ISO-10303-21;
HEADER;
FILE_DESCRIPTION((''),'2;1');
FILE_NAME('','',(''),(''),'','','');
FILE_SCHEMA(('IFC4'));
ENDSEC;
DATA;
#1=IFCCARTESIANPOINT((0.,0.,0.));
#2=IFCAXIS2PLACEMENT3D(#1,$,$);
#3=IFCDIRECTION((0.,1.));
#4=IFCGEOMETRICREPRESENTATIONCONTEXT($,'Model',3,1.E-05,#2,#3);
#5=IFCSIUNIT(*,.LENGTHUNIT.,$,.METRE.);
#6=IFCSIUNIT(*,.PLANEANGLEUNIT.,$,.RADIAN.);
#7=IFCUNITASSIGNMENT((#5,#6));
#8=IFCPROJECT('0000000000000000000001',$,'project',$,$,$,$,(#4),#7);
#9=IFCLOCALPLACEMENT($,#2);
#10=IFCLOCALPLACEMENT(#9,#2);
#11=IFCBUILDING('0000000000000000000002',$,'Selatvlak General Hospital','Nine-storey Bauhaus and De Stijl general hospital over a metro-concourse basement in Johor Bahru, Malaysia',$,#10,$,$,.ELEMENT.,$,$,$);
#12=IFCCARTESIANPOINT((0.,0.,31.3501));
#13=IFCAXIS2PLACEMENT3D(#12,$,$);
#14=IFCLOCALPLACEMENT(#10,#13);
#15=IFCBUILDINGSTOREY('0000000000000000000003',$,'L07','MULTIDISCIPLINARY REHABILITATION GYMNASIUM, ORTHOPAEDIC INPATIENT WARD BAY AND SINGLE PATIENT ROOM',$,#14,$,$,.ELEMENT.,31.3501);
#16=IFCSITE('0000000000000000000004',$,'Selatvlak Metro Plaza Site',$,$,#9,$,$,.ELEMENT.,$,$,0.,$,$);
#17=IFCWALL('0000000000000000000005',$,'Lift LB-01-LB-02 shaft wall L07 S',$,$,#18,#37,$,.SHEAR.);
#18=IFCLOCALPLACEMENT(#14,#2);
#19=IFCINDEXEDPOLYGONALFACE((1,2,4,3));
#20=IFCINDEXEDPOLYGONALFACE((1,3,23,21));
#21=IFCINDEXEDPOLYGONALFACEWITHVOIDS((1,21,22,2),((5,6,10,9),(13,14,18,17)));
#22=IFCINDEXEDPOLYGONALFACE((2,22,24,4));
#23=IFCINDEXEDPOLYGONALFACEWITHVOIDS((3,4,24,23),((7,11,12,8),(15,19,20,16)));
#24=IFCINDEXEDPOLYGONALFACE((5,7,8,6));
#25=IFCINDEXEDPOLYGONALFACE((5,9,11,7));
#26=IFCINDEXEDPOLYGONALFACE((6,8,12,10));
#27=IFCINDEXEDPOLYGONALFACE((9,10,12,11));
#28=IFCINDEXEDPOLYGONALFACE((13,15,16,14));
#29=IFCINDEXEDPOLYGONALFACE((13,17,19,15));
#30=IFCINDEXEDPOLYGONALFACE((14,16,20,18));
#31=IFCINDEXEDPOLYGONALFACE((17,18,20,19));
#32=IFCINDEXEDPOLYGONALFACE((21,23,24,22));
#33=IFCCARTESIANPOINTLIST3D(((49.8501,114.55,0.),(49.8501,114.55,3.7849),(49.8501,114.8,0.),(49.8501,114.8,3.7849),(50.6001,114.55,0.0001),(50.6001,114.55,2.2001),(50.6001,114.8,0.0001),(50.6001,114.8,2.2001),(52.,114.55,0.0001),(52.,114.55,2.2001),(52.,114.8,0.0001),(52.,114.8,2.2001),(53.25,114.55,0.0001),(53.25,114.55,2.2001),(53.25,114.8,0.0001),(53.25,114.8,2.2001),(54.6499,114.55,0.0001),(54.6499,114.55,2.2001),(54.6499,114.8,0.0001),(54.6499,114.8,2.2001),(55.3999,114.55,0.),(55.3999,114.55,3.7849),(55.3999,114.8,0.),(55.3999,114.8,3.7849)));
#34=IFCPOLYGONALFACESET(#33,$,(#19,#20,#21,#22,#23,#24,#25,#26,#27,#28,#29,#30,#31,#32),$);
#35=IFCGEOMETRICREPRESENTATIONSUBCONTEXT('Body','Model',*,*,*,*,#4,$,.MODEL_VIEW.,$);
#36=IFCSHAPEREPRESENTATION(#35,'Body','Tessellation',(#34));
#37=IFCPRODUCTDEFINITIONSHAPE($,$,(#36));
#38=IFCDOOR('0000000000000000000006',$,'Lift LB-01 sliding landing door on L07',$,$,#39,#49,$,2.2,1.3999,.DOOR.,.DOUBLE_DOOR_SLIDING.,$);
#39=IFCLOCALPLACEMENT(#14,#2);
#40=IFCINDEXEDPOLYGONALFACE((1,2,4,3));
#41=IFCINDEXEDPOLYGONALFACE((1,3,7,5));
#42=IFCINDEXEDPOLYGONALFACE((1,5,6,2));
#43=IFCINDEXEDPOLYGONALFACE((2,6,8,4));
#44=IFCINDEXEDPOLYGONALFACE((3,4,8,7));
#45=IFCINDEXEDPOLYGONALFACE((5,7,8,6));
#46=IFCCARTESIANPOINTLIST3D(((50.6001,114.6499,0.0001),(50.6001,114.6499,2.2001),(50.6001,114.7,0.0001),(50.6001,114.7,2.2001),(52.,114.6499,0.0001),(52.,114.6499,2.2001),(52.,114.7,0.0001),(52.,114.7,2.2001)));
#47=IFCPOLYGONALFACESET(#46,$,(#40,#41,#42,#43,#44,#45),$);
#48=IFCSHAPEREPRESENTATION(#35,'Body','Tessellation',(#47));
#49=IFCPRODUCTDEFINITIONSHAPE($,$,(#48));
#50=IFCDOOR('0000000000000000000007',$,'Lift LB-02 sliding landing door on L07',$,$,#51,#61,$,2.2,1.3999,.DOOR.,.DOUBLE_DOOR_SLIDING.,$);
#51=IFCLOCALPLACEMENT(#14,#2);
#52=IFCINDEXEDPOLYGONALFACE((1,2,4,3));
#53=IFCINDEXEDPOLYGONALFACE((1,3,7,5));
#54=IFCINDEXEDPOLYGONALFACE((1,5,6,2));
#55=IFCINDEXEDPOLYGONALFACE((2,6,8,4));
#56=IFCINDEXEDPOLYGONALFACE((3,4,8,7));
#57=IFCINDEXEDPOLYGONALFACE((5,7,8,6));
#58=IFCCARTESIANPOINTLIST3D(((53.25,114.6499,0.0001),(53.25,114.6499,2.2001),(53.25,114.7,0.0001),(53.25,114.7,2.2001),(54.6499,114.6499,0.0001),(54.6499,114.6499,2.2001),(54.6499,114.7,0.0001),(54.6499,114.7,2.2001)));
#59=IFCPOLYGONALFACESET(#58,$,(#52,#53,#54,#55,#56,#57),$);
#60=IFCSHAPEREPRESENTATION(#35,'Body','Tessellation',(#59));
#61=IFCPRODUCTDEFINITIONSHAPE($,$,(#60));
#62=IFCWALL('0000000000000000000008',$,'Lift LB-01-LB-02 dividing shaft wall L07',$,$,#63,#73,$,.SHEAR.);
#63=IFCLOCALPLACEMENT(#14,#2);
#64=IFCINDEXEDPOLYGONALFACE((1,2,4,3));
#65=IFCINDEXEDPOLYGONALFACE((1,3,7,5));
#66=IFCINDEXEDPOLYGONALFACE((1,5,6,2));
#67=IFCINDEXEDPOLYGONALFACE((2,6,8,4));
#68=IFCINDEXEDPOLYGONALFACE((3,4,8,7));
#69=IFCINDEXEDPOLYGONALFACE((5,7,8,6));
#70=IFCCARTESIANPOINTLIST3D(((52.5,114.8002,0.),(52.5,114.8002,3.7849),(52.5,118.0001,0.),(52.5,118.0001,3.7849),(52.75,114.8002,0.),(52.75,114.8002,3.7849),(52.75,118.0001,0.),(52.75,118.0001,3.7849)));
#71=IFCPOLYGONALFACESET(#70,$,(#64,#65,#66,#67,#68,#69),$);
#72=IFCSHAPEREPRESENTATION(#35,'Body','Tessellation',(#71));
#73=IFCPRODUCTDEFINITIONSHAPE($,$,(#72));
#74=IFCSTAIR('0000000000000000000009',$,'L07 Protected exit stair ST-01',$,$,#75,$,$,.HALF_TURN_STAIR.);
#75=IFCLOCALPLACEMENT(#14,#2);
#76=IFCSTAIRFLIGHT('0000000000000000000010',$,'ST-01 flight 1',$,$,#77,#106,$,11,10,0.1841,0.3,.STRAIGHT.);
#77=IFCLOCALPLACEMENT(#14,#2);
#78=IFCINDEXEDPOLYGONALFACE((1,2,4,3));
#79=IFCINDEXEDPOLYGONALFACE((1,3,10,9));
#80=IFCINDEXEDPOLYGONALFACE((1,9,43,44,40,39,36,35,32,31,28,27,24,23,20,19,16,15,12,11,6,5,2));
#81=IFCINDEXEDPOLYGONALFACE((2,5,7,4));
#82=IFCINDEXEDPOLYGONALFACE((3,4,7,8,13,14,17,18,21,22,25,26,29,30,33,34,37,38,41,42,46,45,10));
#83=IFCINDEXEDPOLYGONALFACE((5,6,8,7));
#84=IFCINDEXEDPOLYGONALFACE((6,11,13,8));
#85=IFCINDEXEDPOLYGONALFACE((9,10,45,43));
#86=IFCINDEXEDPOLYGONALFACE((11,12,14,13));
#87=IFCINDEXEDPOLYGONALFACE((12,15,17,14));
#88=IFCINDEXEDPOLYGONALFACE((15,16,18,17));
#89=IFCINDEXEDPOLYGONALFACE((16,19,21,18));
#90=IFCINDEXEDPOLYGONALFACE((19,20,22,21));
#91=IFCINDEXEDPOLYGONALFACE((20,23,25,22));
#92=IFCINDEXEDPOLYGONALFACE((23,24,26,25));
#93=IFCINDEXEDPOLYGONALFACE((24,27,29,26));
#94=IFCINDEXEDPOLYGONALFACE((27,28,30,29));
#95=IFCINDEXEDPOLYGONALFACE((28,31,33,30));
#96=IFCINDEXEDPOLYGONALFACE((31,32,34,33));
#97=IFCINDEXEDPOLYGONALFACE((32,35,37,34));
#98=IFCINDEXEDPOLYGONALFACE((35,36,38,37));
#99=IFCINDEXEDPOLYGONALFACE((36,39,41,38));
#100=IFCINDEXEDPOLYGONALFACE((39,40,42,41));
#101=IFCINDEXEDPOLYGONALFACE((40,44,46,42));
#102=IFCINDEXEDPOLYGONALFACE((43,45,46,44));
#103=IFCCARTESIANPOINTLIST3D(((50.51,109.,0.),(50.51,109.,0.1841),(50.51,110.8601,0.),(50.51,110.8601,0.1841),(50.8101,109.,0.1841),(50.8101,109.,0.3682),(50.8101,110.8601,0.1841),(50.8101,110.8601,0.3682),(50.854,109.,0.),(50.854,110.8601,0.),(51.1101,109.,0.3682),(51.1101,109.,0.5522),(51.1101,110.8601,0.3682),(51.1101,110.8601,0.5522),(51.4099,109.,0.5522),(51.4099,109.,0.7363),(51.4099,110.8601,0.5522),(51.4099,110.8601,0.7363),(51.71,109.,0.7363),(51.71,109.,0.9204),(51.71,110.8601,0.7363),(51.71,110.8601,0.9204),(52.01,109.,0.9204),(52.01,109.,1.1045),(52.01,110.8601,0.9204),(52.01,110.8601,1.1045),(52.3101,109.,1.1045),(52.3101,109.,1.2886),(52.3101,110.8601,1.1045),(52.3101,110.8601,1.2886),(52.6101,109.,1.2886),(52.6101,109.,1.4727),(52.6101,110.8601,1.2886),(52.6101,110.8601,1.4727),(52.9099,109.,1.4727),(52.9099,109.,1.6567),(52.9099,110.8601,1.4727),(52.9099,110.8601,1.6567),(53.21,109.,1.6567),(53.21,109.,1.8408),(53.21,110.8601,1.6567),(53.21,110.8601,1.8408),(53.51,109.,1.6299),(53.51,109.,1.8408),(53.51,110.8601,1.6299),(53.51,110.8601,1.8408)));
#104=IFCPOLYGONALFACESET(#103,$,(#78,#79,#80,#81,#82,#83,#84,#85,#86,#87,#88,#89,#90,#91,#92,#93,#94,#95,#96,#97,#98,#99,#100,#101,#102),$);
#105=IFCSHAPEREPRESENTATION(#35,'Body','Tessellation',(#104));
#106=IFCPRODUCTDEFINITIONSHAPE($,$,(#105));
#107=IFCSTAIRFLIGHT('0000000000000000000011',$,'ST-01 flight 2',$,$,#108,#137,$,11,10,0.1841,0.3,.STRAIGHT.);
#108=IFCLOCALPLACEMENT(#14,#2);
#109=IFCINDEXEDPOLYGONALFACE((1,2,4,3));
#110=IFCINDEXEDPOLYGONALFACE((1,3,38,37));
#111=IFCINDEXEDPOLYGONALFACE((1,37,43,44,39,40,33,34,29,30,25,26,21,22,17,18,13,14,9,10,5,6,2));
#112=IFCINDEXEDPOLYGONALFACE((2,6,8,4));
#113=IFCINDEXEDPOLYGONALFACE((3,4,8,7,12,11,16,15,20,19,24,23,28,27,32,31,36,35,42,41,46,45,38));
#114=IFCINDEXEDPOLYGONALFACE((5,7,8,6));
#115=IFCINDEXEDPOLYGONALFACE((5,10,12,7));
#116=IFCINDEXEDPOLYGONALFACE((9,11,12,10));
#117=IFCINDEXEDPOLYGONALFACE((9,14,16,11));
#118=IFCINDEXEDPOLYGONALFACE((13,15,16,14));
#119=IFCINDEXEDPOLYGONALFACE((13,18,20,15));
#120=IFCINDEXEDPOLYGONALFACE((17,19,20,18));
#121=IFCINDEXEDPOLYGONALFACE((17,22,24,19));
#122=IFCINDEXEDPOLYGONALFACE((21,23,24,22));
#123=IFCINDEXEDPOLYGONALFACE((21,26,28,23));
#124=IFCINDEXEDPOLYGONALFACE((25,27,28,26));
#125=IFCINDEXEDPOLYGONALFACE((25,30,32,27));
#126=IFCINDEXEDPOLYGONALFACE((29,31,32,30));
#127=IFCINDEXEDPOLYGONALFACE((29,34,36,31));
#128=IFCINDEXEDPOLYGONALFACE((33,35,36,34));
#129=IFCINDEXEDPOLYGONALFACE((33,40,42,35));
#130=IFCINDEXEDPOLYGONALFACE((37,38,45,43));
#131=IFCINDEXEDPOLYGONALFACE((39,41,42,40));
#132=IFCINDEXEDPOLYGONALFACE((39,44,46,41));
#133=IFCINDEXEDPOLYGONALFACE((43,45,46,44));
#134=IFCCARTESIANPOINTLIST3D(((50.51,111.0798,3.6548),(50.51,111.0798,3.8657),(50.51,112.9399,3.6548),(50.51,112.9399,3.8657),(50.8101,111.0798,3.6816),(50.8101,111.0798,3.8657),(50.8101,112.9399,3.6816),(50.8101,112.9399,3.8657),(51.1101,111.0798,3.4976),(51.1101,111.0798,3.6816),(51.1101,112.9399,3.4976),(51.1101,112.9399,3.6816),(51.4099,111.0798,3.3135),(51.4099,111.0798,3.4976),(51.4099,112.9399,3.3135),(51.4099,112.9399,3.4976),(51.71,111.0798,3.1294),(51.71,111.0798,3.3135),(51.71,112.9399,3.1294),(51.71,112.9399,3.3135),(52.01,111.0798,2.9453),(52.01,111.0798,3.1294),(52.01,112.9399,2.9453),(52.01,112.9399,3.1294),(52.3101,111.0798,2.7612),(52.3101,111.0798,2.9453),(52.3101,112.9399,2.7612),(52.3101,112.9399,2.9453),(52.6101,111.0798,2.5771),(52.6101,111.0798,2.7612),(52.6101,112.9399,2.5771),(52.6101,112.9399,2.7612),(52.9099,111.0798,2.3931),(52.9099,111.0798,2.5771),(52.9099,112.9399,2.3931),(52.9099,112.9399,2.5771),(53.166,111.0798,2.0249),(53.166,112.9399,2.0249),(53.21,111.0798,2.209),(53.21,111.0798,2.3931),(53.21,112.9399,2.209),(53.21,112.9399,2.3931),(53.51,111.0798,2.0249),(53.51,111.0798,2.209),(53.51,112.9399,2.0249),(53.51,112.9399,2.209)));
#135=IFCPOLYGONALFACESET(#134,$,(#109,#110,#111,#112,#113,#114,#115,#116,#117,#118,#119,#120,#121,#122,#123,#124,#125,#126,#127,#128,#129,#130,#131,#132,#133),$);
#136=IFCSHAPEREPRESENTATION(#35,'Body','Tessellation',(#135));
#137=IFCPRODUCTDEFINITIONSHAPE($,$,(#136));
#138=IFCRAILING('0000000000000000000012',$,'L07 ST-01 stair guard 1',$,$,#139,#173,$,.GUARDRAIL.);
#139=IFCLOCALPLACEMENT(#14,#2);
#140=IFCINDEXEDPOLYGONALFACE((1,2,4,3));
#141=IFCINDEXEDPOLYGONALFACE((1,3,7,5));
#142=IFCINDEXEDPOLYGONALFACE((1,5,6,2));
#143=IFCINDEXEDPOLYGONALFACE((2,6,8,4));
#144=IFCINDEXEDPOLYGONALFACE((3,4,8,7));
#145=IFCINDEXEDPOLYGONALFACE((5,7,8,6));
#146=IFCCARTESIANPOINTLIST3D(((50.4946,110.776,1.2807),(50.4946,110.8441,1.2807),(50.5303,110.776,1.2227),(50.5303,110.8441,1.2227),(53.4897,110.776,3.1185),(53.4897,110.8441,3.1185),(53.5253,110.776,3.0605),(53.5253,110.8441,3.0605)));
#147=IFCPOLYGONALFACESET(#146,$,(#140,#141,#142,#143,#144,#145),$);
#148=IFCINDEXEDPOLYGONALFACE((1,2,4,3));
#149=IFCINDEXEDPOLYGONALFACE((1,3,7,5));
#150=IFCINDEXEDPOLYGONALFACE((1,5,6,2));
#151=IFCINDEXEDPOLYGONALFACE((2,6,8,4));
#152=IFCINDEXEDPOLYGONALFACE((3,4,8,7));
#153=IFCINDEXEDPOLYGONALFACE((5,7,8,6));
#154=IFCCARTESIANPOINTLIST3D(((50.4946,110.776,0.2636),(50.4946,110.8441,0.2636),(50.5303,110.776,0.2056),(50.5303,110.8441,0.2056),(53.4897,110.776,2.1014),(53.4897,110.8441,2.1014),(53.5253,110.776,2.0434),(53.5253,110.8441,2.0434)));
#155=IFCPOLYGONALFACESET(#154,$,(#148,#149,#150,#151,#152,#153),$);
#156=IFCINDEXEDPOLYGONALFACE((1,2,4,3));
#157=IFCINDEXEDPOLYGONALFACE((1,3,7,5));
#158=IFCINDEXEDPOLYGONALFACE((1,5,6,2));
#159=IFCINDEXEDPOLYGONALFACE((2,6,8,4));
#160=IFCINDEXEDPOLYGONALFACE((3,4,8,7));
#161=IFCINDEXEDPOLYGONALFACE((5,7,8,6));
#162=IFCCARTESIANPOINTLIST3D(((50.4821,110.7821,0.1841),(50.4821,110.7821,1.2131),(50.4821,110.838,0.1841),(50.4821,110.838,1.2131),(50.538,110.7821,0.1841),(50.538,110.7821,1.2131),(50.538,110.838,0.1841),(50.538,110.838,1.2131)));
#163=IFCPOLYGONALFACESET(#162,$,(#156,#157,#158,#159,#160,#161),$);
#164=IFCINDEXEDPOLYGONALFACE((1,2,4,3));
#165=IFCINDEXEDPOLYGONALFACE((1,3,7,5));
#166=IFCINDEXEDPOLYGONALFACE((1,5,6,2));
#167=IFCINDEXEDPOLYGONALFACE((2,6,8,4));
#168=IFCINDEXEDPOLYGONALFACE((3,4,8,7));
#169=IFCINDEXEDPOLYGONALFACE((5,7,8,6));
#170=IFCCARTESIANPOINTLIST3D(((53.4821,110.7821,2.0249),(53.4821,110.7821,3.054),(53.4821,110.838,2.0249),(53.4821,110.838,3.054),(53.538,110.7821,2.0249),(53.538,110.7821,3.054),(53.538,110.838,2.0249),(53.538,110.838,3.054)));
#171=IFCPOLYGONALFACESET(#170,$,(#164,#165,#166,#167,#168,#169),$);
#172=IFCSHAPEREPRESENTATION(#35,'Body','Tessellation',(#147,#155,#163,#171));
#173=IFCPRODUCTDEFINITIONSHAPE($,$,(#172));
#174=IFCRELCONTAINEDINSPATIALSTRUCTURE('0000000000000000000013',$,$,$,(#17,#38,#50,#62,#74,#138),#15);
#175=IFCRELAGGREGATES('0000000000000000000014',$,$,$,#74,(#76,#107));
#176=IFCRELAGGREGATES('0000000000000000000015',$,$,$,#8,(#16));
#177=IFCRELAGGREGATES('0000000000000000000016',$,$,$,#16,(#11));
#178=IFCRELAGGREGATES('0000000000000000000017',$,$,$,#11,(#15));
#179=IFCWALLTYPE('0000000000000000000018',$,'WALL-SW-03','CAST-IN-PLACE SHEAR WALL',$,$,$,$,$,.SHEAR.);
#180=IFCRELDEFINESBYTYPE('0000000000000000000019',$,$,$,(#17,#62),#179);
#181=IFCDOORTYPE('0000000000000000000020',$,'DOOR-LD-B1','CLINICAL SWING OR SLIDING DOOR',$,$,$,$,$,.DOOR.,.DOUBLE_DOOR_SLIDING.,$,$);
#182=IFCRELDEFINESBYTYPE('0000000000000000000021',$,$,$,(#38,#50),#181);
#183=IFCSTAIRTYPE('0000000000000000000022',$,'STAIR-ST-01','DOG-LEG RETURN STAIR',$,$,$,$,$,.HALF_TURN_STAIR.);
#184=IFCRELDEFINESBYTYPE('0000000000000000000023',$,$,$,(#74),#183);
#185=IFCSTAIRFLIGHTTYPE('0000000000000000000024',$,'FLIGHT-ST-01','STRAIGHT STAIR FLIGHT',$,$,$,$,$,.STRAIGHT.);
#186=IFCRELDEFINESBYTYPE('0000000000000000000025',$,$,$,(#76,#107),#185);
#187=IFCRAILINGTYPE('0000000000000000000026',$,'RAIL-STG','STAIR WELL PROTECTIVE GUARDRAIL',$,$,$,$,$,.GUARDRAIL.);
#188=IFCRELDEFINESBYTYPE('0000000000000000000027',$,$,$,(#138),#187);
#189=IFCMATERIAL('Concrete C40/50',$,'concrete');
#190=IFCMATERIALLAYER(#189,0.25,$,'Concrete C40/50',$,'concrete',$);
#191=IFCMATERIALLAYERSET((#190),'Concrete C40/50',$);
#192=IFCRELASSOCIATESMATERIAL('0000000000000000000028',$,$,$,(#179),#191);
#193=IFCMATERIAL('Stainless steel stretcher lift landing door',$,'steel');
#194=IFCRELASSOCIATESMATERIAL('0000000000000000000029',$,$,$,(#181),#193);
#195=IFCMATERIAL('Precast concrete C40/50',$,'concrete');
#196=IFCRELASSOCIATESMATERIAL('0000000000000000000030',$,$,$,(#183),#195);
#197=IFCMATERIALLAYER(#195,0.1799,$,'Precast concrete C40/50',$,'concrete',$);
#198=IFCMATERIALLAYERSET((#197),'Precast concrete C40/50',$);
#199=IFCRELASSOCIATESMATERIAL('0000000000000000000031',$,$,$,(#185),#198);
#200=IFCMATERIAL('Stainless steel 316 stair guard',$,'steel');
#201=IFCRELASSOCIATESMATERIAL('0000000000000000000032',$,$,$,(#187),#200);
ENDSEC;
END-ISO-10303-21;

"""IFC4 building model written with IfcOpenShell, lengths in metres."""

from ifc_helpers import new_model, si_unit, direction, frame, frame_2d, origin, origin_2d, place, context, subcontext, project, spatial, polyline, rectangle, outline, extrude, material, layer, layer_set, type_object, element, fill, aggregate, save


model = new_model("IFC4")

# Units and contexts
model_context = context("Model", 3, precision=1e-05, world=origin(), true_north=direction((0.0, 1.0)))
body_context = subcontext(model_context, "Body", "Model", "MODEL_VIEW")
ifc_project = project(units=[si_unit("LENGTHUNIT", "METRE"), si_unit("PLANEANGLEUNIT", "RADIAN")], contexts=[model_context])

# Site, building, storey
site_placement = place(None, origin())
site = spatial("IfcSite", under=ifc_project, at=site_placement, Name="Selatvlak Metro Plaza Site", CompositionType="ELEMENT", RefElevation=0.0)
building_placement = place(site_placement, origin())
building = spatial("IfcBuilding", under=site, at=building_placement, Name="Selatvlak General Hospital", Description="Nine-storey Bauhaus and De Stijl general hospital over a metro-concourse basement in Johor Bahru, Malaysia", CompositionType="ELEMENT")
storey_placement = place(building_placement, frame((0.0, 0.0, 31.3501)))
storey = spatial("IfcBuildingStorey", under=building, at=storey_placement, Name="L07", Description="MULTIDISCIPLINARY REHABILITATION GYMNASIUM, ORTHOPAEDIC INPATIENT WARD BAY AND SINGLE PATIENT ROOM", CompositionType="ELEMENT", Elevation=31.3501)

# Shared definitions
ifc_material_1 = material(Name="Concrete C40/50", Category="concrete")

# Wall, openings, doors
ifc_layer_1 = layer(ifc_material_1, 0.25, Name="Concrete C40/50", Category="concrete")
ifc_layer_set_1 = layer_set([ifc_layer_1], Name="Concrete C40/50")
wall_type_1 = type_object("IfcWallType", Name="WALL-SW-03", Description="CAST-IN-PLACE SHEAR WALL", PredefinedType="SHEAR", material=ifc_layer_set_1)
wall_1_placement = place(storey_placement, frame((49.8501, 114.675, 0.0), z_axis=(0.0, 0.0, 1.0), x_axis=(1.0, 0.0, 0.0)))
wall_1 = element("IfcWall", 1, at=wall_1_placement, inside=storey, type_object=wall_type_1, Name="Lift LB-01-LB-02 shaft wall L07 S", PredefinedType="SHEAR", context=body_context, shape_type="SweptSolid", body=[
    extrude(rectangle(XDim=5.5498, YDim=0.25, at=frame_2d((2.7749, 0.0))), origin(), (0.0, 0.0, 1.0), 3.7849),
])
opening_1_placement = place(wall_1_placement, frame((0.75, 0.0, 0.0)))
opening_1 = element("IfcOpeningElement", 2, at=opening_1_placement, cuts=wall_1, PredefinedType="OPENING", context=body_context, shape_type="SweptSolid", body=[
    extrude(rectangle(XDim=1.3999, YDim=2.2, at=frame_2d((0.7, 1.1001))), frame((0.0, 0.135, 0.0), z_axis=(0.0, -1.0, 0.0), x_axis=(1.0, 0.0, 0.0)), (0.0, 0.0, 1.0), 0.27),
])
opening_2_placement = place(wall_1_placement, frame((3.3999, 0.0, 0.0)))
opening_2 = element("IfcOpeningElement", 3, at=opening_2_placement, cuts=wall_1, PredefinedType="OPENING", context=body_context, shape_type="SweptSolid", body=[
    extrude(rectangle(XDim=1.3999, YDim=2.2, at=frame_2d((0.7, 1.1001))), frame((0.0, 0.135, 0.0), z_axis=(0.0, -1.0, 0.0), x_axis=(1.0, 0.0, 0.0)), (0.0, 0.0, 1.0), 0.27),
])
ifc_material_2 = material(Name="Stainless steel stretcher lift landing door", Category="steel")
door_type_1 = type_object("IfcDoorType", Name="DOOR-LD-B1", Description="CLINICAL SWING OR SLIDING DOOR", OperationType="DOUBLE_DOOR_SLIDING", PredefinedType="DOOR", material=ifc_material_2)
door_1_placement = place(opening_1_placement, origin())
door_1 = element("IfcDoor", 4, at=door_1_placement, inside=storey, type_object=door_type_1, Name="Lift LB-01 sliding landing door on L07", OperationType="DOUBLE_DOOR_SLIDING", OverallHeight=2.2, OverallWidth=1.3999, PredefinedType="DOOR", context=body_context, shape_type="SweptSolid", body=[
    extrude(rectangle(XDim=1.3999, YDim=2.2, at=frame_2d((0.7, 1.1001))), frame((0.0, 0.0249, 0.0), z_axis=(0.0, -1.0, 0.0), x_axis=(1.0, 0.0, 0.0)), (0.0, 0.0, 1.0), 0.05),
])
fill(opening_1, door_1)
door_2_placement = place(opening_2_placement, origin())
door_2 = element("IfcDoor", 5, at=door_2_placement, inside=storey, type_object=door_type_1, Name="Lift LB-02 sliding landing door on L07", OperationType="DOUBLE_DOOR_SLIDING", OverallHeight=2.2, OverallWidth=1.3999, PredefinedType="DOOR", context=body_context, shape_type="SweptSolid", body=[
    extrude(rectangle(XDim=1.3999, YDim=2.2, at=frame_2d((0.7, 1.1001))), frame((0.0, 0.0249, 0.0), z_axis=(0.0, -1.0, 0.0), x_axis=(1.0, 0.0, 0.0)), (0.0, 0.0, 1.0), 0.05),
])
fill(opening_2, door_2)

# Wall
wall_2_placement = place(storey_placement, frame((52.625, 114.8, 0.0), z_axis=(0.0, 0.0, 1.0), x_axis=(0.0, 1.0, 0.0)))
element("IfcWall", 6, at=wall_2_placement, inside=storey, type_object=wall_type_1, Name="Lift LB-01-LB-02 dividing shaft wall L07", PredefinedType="SHEAR", context=body_context, shape_type="SweptSolid", body=[
    extrude(rectangle(XDim=3.2, YDim=0.25, at=frame_2d((1.6001, 0.0))), origin(), (0.0, 0.0, 1.0), 3.7849),
])

# Stair, stair flights
ifc_material_3 = material(Name="Precast concrete C40/50", Category="concrete")
stair_type = type_object("IfcStairType", Name="STAIR-ST-01", Description="DOG-LEG RETURN STAIR", PredefinedType="HALF_TURN_STAIR", material=ifc_material_3)
stair_placement = place(storey_placement, origin())
stair = element("IfcStair", 7, at=stair_placement, inside=storey, type_object=stair_type, Name="L07 Protected exit stair ST-01", PredefinedType="HALF_TURN_STAIR")
ifc_layer_2 = layer(ifc_material_3, 0.1799, Name="Precast concrete C40/50", Category="concrete")
ifc_layer_set_2 = layer_set([ifc_layer_2], Name="Precast concrete C40/50")
stair_flight_type = type_object("IfcStairFlightType", Name="FLIGHT-ST-01", Description="STRAIGHT STAIR FLIGHT", PredefinedType="STRAIGHT", material=ifc_layer_set_2)
stair_flight_1_placement = place(storey_placement, frame((50.51, 109.9299, 0.0), z_axis=(0.0, 0.0, 1.0), x_axis=(1.0, 0.0, 0.0)))
stair_flight_1 = element("IfcStairFlight", 8, at=stair_flight_1_placement, type_object=stair_flight_type, Name="ST-01 flight 1", NumberOfRisers=11, NumberOfTreads=10, PredefinedType="STRAIGHT", RiserHeight=0.1841, TreadLength=0.3, context=body_context, shape_type="SweptSolid", body=[
    extrude(outline(polyline([(0.0, 0.0), (0.0, 0.1841), (0.3, 0.1841), (0.3, 0.3682), (0.6001, 0.3682), (0.6001, 0.5522), (0.8999, 0.5522), (0.8999, 0.7363), (1.2, 0.7363), (1.2, 0.9204), (1.5, 0.9204), (1.5, 1.1045), (1.8, 1.1045), (1.8, 1.2886), (2.1001, 1.2886), (2.1001, 1.4727), (2.3999, 1.4727), (2.3999, 1.6567), (2.7, 1.6567), (2.7, 1.8408), (3.0, 1.8408), (3.0, 2.0249), (3.0, 1.6299), (0.344, 0.0), (0.0, 0.0)])), frame((0.0, 0.9302, 0.0), z_axis=(0.0, -1.0, 0.0), x_axis=(1.0, 0.0, 0.0)), (0.0, 0.0, 1.0), 1.8601),
])
stair_flight_2_placement = place(storey_placement, frame((53.51, 112.01, 2.0249), z_axis=(0.0, 0.0, 1.0), x_axis=(-1.0, 0.0, 0.0)))
stair_flight_2 = element("IfcStairFlight", 9, at=stair_flight_2_placement, type_object=stair_flight_type, Name="ST-01 flight 2", NumberOfRisers=11, NumberOfTreads=10, PredefinedType="STRAIGHT", RiserHeight=0.1841, TreadLength=0.3, context=body_context, shape_type="SweptSolid", body=[
    extrude(outline(polyline([(0.0, 0.0), (0.0, 0.1841), (0.3, 0.1841), (0.3, 0.3682), (0.6001, 0.3682), (0.6001, 0.5522), (0.8999, 0.5522), (0.8999, 0.7363), (1.2, 0.7363), (1.2, 0.9204), (1.5, 0.9204), (1.5, 1.1045), (1.8, 1.1045), (1.8, 1.2886), (2.1001, 1.2886), (2.1001, 1.4727), (2.3999, 1.4727), (2.3999, 1.6567), (2.7, 1.6567), (2.7, 1.8408), (3.0, 1.8408), (3.0, 2.0249), (3.0, 1.6299), (0.344, 0.0), (0.0, 0.0)])), frame((0.0, 0.9302, 0.0), z_axis=(0.0, -1.0, 0.0), x_axis=(1.0, 0.0, 0.0)), (0.0, 0.0, 1.0), 1.8601),
])
aggregate(stair, [stair_flight_1, stair_flight_2])

# Railing
ifc_material_4 = material(Name="Stainless steel 316 stair guard", Category="steel")
railing_type_1 = type_object("IfcRailingType", Name="RAIL-STG", Description="STAIR WELL PROTECTIVE GUARDRAIL", PredefinedType="GUARDRAIL", material=ifc_material_4)
railing_1_placement = place(storey_placement, frame((50.51, 110.8101, 0.1841)))
element("IfcRailing", 10, at=railing_1_placement, inside=storey, type_object=railing_type_1, Name="L07 ST-01 stair guard 1", PredefinedType="GUARDRAIL", context=body_context, shape_type="SweptSolid", body=[
    extrude(rectangle(XDim=0.0681, YDim=0.0681, at=origin_2d()), frame((0.0024, 0.0, 1.0676), z_axis=(0.852334, 0.0, 0.522998), x_axis=(0.0, 1.0, 0.0)), (0.0, 0.0, 1.0), 3.5139),
    extrude(rectangle(XDim=0.0681, YDim=0.0681, at=origin_2d()), frame((0.0024, 0.0, 0.0505), z_axis=(0.852334, 0.0, 0.522998), x_axis=(0.0, 1.0, 0.0)), (0.0, 0.0, 1.0), 3.5139),
    extrude(rectangle(XDim=0.0559, YDim=0.0559, at=origin_2d()), origin(), (0.0, 0.0, 1.0), 1.0291),
    extrude(rectangle(XDim=0.0559, YDim=0.0559, at=origin_2d()), frame((3.0, 0.0, 1.8408)), (0.0, 0.0, 1.0), 1.0291),
])

save(model, "model.ifc")
